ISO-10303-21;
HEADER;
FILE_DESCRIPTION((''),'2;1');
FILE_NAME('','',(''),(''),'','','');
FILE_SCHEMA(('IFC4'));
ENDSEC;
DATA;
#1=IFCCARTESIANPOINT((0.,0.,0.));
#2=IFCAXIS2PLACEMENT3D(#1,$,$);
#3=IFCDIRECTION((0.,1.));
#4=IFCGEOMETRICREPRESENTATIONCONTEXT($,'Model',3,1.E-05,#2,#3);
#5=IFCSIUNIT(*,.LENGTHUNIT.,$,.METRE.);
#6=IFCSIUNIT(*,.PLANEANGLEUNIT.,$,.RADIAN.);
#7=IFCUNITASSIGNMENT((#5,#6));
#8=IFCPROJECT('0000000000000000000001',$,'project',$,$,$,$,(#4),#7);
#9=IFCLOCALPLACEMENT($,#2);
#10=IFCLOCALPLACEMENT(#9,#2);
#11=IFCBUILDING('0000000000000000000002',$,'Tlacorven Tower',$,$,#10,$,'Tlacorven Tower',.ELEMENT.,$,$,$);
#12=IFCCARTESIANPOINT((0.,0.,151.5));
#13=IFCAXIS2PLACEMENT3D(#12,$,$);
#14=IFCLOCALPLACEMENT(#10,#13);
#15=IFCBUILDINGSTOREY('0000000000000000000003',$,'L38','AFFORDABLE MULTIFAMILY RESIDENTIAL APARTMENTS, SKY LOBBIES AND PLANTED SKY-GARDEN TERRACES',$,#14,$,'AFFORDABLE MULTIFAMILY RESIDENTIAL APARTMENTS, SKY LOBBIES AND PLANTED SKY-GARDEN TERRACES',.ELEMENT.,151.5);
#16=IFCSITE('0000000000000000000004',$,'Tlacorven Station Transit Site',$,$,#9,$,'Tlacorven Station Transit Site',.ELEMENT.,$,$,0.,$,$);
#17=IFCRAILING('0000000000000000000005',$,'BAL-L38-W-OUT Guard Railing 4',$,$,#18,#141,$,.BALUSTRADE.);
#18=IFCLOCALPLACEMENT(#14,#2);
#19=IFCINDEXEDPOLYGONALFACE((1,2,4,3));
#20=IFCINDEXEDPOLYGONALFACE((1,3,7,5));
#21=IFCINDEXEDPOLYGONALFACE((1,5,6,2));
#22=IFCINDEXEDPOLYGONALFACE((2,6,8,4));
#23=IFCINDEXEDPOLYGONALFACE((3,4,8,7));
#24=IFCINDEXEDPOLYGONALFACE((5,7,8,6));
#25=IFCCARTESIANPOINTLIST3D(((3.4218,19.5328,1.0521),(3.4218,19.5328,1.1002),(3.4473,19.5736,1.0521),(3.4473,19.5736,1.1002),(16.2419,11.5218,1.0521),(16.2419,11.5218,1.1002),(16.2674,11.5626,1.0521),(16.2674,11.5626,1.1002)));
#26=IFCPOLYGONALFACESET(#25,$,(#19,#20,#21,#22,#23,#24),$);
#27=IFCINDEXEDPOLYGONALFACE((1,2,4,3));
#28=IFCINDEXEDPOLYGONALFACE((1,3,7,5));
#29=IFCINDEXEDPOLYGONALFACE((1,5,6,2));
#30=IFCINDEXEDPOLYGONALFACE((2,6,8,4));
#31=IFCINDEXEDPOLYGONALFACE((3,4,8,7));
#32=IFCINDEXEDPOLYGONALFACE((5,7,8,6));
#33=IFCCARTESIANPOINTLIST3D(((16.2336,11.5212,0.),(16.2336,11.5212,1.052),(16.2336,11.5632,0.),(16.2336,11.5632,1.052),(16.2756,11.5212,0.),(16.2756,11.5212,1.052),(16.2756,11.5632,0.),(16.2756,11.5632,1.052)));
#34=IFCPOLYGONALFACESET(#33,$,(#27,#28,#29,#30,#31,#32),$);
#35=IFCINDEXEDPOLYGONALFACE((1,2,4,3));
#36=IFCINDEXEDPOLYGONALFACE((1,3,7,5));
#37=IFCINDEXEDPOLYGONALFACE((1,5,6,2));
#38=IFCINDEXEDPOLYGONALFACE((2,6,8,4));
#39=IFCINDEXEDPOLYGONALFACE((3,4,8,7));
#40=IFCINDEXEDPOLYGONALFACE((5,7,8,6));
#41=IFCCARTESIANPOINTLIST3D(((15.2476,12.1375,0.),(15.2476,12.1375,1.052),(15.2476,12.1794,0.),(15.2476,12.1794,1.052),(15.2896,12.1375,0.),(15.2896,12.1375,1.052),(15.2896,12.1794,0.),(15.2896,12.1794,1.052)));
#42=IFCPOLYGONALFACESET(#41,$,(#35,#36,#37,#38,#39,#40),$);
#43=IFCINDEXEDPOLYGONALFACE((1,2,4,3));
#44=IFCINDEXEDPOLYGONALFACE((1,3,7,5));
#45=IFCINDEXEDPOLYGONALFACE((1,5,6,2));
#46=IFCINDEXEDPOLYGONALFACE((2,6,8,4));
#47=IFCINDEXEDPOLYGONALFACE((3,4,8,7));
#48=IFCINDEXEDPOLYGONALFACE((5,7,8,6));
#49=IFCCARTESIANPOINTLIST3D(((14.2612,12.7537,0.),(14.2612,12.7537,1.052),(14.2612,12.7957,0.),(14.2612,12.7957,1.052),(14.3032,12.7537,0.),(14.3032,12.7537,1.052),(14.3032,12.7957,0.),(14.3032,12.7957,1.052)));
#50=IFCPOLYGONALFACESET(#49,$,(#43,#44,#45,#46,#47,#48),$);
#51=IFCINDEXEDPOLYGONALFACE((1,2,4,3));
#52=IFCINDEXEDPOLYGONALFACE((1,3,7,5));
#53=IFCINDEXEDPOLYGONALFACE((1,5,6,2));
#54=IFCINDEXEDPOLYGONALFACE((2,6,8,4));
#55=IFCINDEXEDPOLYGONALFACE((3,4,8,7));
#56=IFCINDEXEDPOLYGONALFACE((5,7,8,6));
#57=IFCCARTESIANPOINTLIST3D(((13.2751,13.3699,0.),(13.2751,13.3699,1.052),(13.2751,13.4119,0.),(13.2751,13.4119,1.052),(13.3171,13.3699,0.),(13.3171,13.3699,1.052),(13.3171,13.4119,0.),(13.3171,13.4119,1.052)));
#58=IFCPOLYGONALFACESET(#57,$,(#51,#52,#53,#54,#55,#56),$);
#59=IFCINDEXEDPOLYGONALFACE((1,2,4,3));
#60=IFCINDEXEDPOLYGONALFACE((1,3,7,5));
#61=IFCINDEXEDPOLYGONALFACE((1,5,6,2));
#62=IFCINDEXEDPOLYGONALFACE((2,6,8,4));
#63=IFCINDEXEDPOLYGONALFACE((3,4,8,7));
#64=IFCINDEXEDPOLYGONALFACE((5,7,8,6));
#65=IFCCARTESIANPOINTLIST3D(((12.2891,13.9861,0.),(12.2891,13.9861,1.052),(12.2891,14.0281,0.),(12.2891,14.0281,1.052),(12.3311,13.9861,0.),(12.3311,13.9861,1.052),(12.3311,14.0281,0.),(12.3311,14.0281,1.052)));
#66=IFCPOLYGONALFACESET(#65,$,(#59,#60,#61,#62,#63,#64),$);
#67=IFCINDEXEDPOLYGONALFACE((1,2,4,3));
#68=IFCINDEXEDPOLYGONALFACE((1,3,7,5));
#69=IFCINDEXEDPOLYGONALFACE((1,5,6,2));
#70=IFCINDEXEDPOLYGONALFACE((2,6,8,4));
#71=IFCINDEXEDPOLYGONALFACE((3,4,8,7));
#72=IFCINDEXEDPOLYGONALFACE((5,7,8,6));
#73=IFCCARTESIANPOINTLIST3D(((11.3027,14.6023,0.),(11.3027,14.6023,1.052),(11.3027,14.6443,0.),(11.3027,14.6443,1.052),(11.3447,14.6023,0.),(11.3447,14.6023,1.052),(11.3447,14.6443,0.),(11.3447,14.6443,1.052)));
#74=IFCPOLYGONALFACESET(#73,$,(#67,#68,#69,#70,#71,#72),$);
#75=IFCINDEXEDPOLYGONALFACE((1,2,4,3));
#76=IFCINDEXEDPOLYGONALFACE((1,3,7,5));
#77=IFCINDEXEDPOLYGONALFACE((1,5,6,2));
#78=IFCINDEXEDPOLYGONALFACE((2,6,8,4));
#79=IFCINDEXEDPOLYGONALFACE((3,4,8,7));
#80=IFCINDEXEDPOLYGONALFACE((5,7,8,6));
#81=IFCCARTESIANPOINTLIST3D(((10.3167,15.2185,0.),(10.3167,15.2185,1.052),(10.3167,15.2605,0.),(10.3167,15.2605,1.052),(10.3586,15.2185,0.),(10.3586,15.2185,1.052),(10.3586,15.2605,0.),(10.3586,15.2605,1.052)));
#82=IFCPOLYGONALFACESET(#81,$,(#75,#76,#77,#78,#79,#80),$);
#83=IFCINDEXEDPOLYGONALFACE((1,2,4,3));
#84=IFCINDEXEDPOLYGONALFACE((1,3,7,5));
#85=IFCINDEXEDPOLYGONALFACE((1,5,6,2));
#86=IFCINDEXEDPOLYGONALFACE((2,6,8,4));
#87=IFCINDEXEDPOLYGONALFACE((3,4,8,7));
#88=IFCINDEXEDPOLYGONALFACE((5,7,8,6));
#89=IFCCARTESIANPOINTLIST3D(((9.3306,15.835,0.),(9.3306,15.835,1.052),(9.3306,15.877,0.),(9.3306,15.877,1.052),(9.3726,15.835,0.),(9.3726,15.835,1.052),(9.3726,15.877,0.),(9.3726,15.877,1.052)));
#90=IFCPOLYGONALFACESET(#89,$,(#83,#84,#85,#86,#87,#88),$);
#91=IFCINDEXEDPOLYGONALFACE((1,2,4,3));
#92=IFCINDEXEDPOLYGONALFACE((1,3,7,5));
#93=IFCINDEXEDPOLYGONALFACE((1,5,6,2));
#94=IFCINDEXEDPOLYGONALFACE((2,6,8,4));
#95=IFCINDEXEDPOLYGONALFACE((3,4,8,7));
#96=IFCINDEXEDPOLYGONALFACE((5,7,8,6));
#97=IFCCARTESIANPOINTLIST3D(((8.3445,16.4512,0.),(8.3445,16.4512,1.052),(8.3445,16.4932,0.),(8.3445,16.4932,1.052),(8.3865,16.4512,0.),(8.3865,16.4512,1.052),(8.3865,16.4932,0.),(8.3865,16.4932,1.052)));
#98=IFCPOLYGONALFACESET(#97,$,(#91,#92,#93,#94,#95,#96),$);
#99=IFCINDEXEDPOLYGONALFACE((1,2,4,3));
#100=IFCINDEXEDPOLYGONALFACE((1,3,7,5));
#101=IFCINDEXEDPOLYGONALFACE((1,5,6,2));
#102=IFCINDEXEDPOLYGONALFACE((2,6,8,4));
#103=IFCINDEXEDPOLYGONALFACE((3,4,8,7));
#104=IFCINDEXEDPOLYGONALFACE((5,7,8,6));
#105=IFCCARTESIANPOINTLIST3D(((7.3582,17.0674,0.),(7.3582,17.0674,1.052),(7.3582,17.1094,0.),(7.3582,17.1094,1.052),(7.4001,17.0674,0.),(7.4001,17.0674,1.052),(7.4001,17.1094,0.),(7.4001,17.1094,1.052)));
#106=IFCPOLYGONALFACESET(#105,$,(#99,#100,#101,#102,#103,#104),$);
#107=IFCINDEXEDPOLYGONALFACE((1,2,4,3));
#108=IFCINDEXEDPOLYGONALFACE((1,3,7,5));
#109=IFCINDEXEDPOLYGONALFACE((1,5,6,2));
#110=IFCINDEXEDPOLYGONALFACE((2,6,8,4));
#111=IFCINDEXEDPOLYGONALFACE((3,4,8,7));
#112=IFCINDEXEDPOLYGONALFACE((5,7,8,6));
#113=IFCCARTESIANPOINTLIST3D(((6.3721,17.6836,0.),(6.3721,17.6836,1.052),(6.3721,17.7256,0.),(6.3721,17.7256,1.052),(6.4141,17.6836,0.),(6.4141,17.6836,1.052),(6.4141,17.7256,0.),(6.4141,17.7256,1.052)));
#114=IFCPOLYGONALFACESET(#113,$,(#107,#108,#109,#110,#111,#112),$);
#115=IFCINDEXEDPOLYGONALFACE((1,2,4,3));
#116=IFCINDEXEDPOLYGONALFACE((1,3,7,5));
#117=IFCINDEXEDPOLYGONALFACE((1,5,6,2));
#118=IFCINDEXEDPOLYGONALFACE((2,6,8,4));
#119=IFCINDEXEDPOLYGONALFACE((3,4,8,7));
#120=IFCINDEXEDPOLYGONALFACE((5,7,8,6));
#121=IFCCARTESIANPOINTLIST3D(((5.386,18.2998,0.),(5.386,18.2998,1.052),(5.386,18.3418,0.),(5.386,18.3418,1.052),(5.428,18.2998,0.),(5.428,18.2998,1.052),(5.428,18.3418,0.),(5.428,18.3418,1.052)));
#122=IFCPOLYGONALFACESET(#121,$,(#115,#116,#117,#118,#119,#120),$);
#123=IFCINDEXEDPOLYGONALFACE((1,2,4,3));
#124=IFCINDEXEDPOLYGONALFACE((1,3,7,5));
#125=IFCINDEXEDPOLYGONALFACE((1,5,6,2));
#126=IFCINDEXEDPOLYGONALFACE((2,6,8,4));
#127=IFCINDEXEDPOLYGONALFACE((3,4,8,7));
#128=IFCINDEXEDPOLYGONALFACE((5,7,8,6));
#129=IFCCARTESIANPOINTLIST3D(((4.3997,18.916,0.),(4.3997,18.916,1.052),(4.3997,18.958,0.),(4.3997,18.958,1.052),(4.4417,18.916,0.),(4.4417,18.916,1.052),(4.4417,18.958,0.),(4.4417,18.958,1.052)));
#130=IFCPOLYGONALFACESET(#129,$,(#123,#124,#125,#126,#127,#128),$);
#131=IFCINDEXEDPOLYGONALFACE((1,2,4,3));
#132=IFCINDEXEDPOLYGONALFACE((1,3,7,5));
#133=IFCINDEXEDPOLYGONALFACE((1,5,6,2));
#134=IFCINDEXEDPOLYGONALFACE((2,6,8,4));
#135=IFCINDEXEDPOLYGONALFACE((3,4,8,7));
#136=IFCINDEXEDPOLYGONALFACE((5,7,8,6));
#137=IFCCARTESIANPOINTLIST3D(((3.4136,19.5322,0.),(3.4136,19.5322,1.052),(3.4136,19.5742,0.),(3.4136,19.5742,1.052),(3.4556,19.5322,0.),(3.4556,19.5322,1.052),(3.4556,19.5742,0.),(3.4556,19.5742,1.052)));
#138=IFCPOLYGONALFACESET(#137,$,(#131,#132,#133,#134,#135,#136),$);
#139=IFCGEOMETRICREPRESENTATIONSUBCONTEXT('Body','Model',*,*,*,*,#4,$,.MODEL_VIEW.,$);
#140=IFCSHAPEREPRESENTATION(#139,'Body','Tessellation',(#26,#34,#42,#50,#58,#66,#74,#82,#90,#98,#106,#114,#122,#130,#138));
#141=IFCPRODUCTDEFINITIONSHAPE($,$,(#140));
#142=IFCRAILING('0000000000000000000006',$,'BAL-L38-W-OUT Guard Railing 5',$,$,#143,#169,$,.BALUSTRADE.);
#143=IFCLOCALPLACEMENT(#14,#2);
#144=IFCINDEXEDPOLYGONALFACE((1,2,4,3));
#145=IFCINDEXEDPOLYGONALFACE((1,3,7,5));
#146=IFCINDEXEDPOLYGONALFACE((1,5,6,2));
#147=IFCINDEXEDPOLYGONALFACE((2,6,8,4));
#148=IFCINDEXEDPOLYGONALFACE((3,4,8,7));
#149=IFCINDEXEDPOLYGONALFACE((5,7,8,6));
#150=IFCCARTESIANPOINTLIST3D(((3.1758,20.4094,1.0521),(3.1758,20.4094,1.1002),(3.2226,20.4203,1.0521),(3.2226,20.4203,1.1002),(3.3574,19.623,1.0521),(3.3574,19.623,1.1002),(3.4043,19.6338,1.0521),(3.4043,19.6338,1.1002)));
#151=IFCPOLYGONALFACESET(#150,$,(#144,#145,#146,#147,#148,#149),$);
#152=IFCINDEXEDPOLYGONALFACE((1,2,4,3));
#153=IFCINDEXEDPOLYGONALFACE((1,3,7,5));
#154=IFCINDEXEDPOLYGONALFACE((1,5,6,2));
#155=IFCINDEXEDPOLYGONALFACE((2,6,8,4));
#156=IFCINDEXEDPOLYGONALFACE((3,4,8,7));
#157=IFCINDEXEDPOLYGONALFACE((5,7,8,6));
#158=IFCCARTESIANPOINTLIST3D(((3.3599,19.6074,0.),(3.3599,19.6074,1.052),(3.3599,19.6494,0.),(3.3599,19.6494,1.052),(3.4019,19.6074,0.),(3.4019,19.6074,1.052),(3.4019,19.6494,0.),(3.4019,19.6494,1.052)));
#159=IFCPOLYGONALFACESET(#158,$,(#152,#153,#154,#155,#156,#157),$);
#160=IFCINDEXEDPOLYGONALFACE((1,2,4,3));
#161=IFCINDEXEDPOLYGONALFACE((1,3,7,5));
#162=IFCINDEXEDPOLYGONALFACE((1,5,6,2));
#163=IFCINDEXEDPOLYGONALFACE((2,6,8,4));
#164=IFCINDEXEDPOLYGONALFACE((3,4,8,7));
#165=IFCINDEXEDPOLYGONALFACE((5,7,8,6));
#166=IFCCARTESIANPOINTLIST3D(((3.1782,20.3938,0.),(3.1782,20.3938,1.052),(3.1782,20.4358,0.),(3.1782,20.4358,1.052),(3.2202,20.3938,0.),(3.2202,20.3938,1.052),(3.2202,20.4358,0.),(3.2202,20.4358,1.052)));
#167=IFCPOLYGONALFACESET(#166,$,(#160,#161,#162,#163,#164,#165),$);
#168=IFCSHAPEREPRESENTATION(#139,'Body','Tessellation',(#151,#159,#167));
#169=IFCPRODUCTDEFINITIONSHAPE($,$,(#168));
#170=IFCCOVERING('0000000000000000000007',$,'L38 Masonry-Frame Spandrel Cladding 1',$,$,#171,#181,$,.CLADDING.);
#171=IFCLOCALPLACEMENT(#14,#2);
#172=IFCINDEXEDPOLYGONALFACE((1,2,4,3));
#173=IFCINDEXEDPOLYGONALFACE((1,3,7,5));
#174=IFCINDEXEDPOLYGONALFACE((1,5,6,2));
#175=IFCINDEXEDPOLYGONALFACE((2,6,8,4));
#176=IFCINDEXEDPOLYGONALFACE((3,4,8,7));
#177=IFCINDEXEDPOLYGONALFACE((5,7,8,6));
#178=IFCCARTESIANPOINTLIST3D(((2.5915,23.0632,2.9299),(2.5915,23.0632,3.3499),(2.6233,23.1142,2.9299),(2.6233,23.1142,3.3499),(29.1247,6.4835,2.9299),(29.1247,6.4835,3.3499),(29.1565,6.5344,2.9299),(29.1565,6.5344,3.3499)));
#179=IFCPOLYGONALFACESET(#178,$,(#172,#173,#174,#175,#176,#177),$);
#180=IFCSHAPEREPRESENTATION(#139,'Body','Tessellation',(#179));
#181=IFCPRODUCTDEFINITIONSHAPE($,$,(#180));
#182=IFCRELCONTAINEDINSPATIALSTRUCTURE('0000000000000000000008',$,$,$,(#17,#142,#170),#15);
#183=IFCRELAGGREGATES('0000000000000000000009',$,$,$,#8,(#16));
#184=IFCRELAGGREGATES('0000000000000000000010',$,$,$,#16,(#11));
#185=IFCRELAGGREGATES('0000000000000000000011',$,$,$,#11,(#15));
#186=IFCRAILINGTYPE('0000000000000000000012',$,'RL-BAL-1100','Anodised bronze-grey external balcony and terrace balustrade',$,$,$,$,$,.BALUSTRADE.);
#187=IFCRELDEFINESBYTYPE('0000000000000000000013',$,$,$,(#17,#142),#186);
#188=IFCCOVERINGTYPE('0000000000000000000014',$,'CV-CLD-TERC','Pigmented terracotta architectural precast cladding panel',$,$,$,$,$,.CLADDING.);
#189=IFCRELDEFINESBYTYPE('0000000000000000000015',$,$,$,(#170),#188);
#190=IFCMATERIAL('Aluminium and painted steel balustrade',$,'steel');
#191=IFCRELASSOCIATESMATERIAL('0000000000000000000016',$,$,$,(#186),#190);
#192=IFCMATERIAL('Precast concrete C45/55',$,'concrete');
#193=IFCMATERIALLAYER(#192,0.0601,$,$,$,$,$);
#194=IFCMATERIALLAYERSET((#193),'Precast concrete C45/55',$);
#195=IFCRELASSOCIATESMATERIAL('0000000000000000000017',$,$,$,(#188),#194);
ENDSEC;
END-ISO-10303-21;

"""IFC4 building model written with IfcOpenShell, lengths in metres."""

from ifc_helpers import new_model, si_unit, direction, frame, origin, origin_2d, place, context, subcontext, project, spatial, rectangle, extrude, source, transform, mapped, material, layer, layer_set, type_object, element, save


model = new_model("IFC4")

# Units and contexts
model_context = context("Model", 3, precision=1e-05, world=origin(), true_north=direction((0.0, 1.0)))
body_context = subcontext(model_context, "Body", "Model", "MODEL_VIEW")
ifc_project = project(units=[si_unit("LENGTHUNIT", "METRE"), si_unit("PLANEANGLEUNIT", "RADIAN")], contexts=[model_context])

# Site, building, storey
site_placement = place(None, origin())
site = spatial("IfcSite", under=ifc_project, at=site_placement, Name="Tlacorven Station Transit Site", LongName="Tlacorven Station Transit Site", CompositionType="ELEMENT", RefElevation=0.0)
building_placement = place(site_placement, origin())
building = spatial("IfcBuilding", under=site, at=building_placement, Name="Tlacorven Tower", LongName="Tlacorven Tower", CompositionType="ELEMENT")
storey_placement = place(building_placement, frame((0.0, 0.0, 151.5)))
storey = spatial("IfcBuildingStorey", under=building, at=storey_placement, Name="L38", Description="AFFORDABLE MULTIFAMILY RESIDENTIAL APARTMENTS, SKY LOBBIES AND PLANTED SKY-GARDEN TERRACES", LongName="AFFORDABLE MULTIFAMILY RESIDENTIAL APARTMENTS, SKY LOBBIES AND PLANTED SKY-GARDEN TERRACES", CompositionType="ELEMENT", Elevation=151.5)

# Shared definitions
ifc_material_1 = material(Name="Precast concrete C45/55", Category="concrete")

# Railings
ifc_material_2 = material(Name="Aluminium and painted steel balustrade", Category="steel")
railing_type = type_object("IfcRailingType", Name="RL-BAL-1100", Description="Anodised bronze-grey external balcony and terrace balustrade", PredefinedType="BALUSTRADE", material=ifc_material_2)
shared_shape_1 = source(origin(), body_context, "Body", "SweptSolid", [
    extrude(rectangle(XDim=0.0481, YDim=0.0481, at=origin_2d()), frame((0.0, 0.0, 1.0762), z_axis=(-0.848045, 0.529925, 0.0), x_axis=(-0.529925, -0.848045, 0.0)), (0.0, 0.0, 1.0), 15.1172),
    extrude(rectangle(XDim=0.042, YDim=0.042, at=origin_2d()), origin(), (0.0, 0.0, 1.0), 1.052),
    extrude(rectangle(XDim=0.042, YDim=0.042, at=origin_2d()), frame((-0.9861, 0.6162, 0.0)), (0.0, 0.0, 1.0), 1.052),
    extrude(rectangle(XDim=0.042, YDim=0.042, at=origin_2d()), frame((-1.9724, 1.2324, 0.0)), (0.0, 0.0, 1.0), 1.052),
    extrude(rectangle(XDim=0.042, YDim=0.042, at=origin_2d()), frame((-2.9585, 1.8486, 0.0)), (0.0, 0.0, 1.0), 1.052),
    extrude(rectangle(XDim=0.042, YDim=0.042, at=origin_2d()), frame((-3.9446, 2.4648, 0.0)), (0.0, 0.0, 1.0), 1.052),
    extrude(rectangle(XDim=0.042, YDim=0.042, at=origin_2d()), frame((-4.9309, 3.0811, 0.0)), (0.0, 0.0, 1.0), 1.052),
    extrude(rectangle(XDim=0.042, YDim=0.042, at=origin_2d()), frame((-5.917, 3.6973, 0.0)), (0.0, 0.0, 1.0), 1.052),
    extrude(rectangle(XDim=0.042, YDim=0.042, at=origin_2d()), frame((-6.9031, 4.3137, 0.0)), (0.0, 0.0, 1.0), 1.052),
    extrude(rectangle(XDim=0.042, YDim=0.042, at=origin_2d()), frame((-7.8892, 4.9299, 0.0)), (0.0, 0.0, 1.0), 1.052),
    extrude(rectangle(XDim=0.042, YDim=0.042, at=origin_2d()), frame((-8.8755, 5.5461, 0.0)), (0.0, 0.0, 1.0), 1.052),
    extrude(rectangle(XDim=0.042, YDim=0.042, at=origin_2d()), frame((-9.8616, 6.1624, 0.0)), (0.0, 0.0, 1.0), 1.052),
    extrude(rectangle(XDim=0.042, YDim=0.042, at=origin_2d()), frame((-10.8477, 6.7786, 0.0)), (0.0, 0.0, 1.0), 1.052),
    extrude(rectangle(XDim=0.042, YDim=0.042, at=origin_2d()), frame((-11.834, 7.3948, 0.0)), (0.0, 0.0, 1.0), 1.052),
    extrude(rectangle(XDim=0.042, YDim=0.042, at=origin_2d()), frame((-12.8201, 8.011, 0.0)), (0.0, 0.0, 1.0), 1.052),
])
railing_1_placement = place(storey_placement, frame((16.2546, 11.5422, 0.0)))
element("IfcRailing", 1, at=railing_1_placement, inside=storey, type_object=railing_type, Name="BAL-L38-W-OUT Guard Railing 4", PredefinedType="BALUSTRADE", context=body_context, shape_type="MappedRepresentation", body=[
    mapped(shared_shape_1, transform((0.0, 0.0, 0.0), scale=1.0)),
])
shared_shape_2 = source(origin(), body_context, "Body", "SweptSolid", [
    extrude(rectangle(XDim=0.0481, YDim=0.0481, at=origin_2d()), frame((0.0, 0.0, 1.0762), z_axis=(-0.225058, 0.974345, 0.0), x_axis=(-0.974345, -0.225058, 0.0)), (0.0, 0.0, 1.0), 0.8071),
    extrude(rectangle(XDim=0.042, YDim=0.042, at=origin_2d()), origin(), (0.0, 0.0, 1.0), 1.052),
    extrude(rectangle(XDim=0.042, YDim=0.042, at=origin_2d()), frame((-0.1816, 0.7864, 0.0)), (0.0, 0.0, 1.0), 1.052),
])
railing_2_placement = place(storey_placement, frame((3.3809, 19.6284, 0.0)))
element("IfcRailing", 2, at=railing_2_placement, inside=storey, type_object=railing_type, Name="BAL-L38-W-OUT Guard Railing 5", PredefinedType="BALUSTRADE", context=body_context, shape_type="MappedRepresentation", body=[
    mapped(shared_shape_2, transform((0.0, 0.0, 0.0), scale=1.0)),
])

# Covering
ifc_layer_1 = layer(ifc_material_1, 0.0601)
ifc_layer_set_1 = layer_set([ifc_layer_1], Name="Precast concrete C45/55")
covering_type_1 = type_object("IfcCoveringType", Name="CV-CLD-TERC", Description="Pigmented terracotta architectural precast cladding panel", PredefinedType="CLADDING", material=ifc_layer_set_1)
shared_shape_3 = source(origin(), body_context, "Body", "SweptSolid", [
    extrude(rectangle(XDim=31.2874, YDim=0.0601, at=origin_2d()), origin(), (0.0, 0.0, 1.0), 0.4199),
])
covering_1_placement = place(storey_placement, frame((15.874, 14.7988, 2.9299), z_axis=(0.0, 0.0, 1.0), x_axis=(-0.848048, 0.529919, 0.0)))
element("IfcCovering", 3, at=covering_1_placement, inside=storey, type_object=covering_type_1, Name="L38 Masonry-Frame Spandrel Cladding 1", PredefinedType="CLADDING", context=body_context, shape_type="MappedRepresentation", body=[
    mapped(shared_shape_3, transform((0.0, 0.0, 0.0), scale=1.0)),
])

save(model, "model.ifc")
